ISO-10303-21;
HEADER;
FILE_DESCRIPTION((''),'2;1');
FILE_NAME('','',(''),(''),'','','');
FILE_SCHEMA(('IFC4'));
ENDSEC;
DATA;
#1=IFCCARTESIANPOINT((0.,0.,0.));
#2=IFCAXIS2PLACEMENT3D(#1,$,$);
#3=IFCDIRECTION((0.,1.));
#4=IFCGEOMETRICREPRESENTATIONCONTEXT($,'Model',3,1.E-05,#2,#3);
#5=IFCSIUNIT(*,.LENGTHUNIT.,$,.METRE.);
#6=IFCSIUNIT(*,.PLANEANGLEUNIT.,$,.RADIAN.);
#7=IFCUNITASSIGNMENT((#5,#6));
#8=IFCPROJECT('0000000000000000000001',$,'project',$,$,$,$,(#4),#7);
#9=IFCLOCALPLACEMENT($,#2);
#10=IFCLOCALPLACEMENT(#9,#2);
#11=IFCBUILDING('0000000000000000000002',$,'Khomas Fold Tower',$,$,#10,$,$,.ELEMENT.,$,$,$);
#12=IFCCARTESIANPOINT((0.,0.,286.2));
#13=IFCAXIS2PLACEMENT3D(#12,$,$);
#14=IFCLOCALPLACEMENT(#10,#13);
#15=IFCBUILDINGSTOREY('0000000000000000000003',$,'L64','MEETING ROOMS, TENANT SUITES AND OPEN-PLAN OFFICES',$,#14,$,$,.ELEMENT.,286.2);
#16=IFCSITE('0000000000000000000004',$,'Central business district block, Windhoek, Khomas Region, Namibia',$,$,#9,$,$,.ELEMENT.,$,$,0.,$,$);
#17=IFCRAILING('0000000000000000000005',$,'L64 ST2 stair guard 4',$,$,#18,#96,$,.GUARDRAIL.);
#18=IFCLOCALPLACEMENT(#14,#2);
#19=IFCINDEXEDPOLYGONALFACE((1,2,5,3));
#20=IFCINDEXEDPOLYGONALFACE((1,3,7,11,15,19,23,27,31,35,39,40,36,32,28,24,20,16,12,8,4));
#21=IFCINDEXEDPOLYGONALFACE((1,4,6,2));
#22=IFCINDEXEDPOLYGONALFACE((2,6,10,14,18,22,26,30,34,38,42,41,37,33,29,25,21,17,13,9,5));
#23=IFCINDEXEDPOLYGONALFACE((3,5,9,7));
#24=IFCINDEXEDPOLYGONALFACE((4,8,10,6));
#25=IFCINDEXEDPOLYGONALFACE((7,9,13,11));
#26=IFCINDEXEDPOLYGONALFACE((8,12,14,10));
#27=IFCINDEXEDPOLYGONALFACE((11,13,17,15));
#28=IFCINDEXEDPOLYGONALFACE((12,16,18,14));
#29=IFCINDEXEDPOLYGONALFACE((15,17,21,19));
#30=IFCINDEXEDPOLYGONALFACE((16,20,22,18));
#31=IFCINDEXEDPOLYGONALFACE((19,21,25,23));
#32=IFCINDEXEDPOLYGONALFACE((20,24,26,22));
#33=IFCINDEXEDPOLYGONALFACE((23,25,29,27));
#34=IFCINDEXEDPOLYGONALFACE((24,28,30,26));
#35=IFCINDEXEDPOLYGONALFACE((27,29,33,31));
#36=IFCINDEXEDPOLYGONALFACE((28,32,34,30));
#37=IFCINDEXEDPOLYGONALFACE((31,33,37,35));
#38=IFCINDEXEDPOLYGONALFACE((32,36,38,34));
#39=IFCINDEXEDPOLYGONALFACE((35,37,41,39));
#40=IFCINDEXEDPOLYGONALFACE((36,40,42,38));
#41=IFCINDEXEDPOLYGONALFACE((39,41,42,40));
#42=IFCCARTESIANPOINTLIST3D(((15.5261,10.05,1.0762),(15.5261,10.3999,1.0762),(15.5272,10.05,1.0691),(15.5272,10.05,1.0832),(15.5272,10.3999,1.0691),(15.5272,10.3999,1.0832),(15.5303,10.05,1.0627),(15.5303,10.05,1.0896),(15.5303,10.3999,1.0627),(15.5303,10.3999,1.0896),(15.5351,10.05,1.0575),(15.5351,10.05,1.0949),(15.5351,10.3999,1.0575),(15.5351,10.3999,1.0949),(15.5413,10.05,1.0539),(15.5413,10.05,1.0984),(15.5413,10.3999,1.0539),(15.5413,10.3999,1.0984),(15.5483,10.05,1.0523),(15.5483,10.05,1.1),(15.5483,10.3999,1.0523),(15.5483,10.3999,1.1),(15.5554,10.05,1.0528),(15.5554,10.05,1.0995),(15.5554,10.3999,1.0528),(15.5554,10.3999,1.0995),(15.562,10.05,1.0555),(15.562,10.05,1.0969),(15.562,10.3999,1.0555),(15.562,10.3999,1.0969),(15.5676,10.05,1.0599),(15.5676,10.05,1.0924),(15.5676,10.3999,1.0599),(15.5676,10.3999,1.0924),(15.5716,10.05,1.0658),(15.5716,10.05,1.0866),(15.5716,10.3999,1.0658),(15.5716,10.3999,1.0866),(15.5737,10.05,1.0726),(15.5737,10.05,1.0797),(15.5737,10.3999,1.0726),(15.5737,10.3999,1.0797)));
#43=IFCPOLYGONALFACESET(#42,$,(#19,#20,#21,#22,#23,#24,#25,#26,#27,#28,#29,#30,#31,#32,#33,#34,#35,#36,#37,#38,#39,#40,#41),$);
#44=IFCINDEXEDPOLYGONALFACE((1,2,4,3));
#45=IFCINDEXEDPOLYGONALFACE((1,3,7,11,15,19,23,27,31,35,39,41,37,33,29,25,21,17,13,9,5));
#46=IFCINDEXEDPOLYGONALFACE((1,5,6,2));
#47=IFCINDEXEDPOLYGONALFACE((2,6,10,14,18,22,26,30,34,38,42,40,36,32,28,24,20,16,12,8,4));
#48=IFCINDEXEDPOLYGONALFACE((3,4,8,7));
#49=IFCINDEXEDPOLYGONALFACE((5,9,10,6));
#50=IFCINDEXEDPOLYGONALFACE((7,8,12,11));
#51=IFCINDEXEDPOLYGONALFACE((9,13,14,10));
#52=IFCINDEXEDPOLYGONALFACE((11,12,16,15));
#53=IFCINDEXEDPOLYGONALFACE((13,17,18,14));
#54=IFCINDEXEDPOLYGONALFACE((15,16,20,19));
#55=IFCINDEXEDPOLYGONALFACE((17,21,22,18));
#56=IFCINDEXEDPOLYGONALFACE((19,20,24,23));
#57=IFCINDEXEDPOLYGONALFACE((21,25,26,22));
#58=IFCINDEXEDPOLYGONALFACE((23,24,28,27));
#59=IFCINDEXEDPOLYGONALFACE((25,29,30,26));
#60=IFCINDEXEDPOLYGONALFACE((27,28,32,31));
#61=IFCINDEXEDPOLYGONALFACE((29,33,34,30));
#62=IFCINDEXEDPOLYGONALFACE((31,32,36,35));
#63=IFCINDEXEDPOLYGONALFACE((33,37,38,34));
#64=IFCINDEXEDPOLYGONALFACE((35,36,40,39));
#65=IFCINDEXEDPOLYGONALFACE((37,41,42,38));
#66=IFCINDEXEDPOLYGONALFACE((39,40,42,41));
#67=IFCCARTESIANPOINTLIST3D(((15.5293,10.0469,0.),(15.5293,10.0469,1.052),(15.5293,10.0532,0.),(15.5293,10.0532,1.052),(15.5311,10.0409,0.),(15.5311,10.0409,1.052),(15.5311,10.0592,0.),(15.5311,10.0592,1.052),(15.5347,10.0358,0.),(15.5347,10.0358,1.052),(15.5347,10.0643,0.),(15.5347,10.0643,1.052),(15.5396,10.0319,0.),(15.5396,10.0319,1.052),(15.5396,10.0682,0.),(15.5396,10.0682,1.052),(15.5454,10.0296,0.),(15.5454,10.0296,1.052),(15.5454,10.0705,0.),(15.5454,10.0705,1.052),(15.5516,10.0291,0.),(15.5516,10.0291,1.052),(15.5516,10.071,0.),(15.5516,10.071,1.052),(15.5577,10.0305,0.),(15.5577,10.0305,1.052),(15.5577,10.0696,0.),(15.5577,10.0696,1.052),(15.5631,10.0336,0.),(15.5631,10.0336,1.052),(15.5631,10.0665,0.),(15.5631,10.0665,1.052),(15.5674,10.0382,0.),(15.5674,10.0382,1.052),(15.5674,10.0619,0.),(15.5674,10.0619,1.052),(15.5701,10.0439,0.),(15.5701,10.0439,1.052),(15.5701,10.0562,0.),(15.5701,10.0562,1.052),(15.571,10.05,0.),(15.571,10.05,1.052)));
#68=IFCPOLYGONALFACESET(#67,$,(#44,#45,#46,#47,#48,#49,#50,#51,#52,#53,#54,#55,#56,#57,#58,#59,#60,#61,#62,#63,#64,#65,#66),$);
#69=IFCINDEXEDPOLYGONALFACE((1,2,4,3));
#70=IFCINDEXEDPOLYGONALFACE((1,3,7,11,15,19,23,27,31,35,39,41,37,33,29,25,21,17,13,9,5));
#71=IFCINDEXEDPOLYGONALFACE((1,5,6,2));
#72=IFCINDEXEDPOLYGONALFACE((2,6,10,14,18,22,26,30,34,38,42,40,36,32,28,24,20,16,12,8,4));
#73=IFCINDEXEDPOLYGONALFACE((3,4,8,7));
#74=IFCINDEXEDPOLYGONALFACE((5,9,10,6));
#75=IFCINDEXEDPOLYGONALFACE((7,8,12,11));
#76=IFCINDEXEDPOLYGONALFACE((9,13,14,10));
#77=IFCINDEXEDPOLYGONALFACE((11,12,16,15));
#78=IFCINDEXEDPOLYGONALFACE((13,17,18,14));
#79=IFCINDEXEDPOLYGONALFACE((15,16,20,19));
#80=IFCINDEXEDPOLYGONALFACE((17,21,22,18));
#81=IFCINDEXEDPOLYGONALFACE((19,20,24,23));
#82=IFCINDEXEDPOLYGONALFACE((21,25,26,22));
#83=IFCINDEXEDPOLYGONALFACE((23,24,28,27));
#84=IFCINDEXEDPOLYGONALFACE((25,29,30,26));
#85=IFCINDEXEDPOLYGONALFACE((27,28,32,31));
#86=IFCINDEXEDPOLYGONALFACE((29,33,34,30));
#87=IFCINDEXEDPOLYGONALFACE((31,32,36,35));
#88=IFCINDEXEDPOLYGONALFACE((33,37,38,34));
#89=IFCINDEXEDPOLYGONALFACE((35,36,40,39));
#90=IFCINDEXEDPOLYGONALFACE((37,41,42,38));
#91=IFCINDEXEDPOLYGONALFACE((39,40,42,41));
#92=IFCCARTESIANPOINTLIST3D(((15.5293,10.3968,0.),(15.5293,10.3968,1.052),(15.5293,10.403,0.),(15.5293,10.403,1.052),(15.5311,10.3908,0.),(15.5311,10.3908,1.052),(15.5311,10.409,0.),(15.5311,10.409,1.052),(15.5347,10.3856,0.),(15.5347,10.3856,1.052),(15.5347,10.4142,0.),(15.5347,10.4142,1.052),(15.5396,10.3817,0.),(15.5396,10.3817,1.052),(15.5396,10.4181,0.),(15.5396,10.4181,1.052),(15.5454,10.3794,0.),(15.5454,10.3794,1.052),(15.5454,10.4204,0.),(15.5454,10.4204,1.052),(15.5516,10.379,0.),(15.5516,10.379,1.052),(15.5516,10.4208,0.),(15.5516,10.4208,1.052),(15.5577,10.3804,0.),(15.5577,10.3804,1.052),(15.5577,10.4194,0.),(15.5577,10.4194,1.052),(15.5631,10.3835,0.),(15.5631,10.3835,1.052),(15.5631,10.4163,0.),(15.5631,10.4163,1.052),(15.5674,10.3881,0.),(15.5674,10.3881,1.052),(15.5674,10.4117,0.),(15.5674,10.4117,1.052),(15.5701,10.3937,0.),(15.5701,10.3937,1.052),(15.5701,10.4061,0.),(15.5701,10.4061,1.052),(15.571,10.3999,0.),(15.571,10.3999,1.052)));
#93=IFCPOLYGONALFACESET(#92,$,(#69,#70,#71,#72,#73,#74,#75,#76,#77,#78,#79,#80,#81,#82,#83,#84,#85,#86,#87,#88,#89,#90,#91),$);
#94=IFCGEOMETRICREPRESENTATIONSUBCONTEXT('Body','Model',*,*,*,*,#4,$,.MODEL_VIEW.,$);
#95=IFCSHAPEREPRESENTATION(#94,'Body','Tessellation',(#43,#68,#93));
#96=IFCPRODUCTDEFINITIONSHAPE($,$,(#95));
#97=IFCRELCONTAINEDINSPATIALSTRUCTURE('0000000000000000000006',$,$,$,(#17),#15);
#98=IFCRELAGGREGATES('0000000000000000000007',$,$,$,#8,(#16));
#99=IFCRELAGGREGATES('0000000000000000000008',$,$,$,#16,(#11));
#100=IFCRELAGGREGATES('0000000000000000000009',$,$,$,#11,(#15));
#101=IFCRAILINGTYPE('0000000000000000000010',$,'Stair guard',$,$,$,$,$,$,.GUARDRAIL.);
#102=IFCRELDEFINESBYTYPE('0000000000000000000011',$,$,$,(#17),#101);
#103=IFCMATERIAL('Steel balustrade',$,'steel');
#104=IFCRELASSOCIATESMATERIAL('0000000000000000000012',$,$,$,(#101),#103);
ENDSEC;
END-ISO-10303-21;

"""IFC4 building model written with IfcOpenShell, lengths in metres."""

from ifc_helpers import new_model, si_unit, direction, frame, origin, origin_2d, place, context, subcontext, project, spatial, circle, extrude, source, transform, mapped, material, type_object, element, save


model = new_model("IFC4")

# Units and contexts
model_context = context("Model", 3, precision=1e-05, world=origin(), true_north=direction((0.0, 1.0)))
body_context = subcontext(model_context, "Body", "Model", "MODEL_VIEW")
ifc_project = project(units=[si_unit("LENGTHUNIT", "METRE"), si_unit("PLANEANGLEUNIT", "RADIAN")], contexts=[model_context])

# Site, building, storey
site_placement = place(None, origin())
site = spatial("IfcSite", under=ifc_project, at=site_placement, Name="Central business district block, Windhoek, Khomas Region, Namibia", CompositionType="ELEMENT", RefElevation=0.0)
building_placement = place(site_placement, origin())
building = spatial("IfcBuilding", under=site, at=building_placement, Name="Khomas Fold Tower", CompositionType="ELEMENT")
storey_placement = place(building_placement, frame((0.0, 0.0, 286.2)))
storey = spatial("IfcBuildingStorey", under=building, at=storey_placement, Name="L64", Description="MEETING ROOMS, TENANT SUITES AND OPEN-PLAN OFFICES", CompositionType="ELEMENT", Elevation=286.2)

# Railing
ifc_material_1 = material(Name="Steel balustrade", Category="steel")
railing_type_1 = type_object("IfcRailingType", Name="Stair guard", PredefinedType="GUARDRAIL", material=ifc_material_1)
shared_shape_1 = source(origin(), body_context, "Body", "SweptSolid", [
    extrude(circle(Radius=0.0239, at=origin_2d()), frame((0.0, 0.0, 1.0762), z_axis=(0.0, 1.0, 0.0), x_axis=(-1.0, 0.0, 0.0)), (0.0, 0.0, 1.0), 0.3499),
    extrude(circle(Radius=0.021, at=origin_2d()), origin(), (0.0, 0.0, 1.0), 1.052),
    extrude(circle(Radius=0.021, at=origin_2d()), frame((0.0, 0.3499, 0.0)), (0.0, 0.0, 1.0), 1.052),
])
railing_1_placement = place(storey_placement, frame((15.55, 10.05, 0.0)))
element("IfcRailing", 1, at=railing_1_placement, inside=storey, type_object=railing_type_1, Name="L64 ST2 stair guard 4", PredefinedType="GUARDRAIL", context=body_context, shape_type="MappedRepresentation", body=[
    mapped(shared_shape_1, transform((0.0, 0.0, 0.0))),
])

save(model, "model.ifc")
